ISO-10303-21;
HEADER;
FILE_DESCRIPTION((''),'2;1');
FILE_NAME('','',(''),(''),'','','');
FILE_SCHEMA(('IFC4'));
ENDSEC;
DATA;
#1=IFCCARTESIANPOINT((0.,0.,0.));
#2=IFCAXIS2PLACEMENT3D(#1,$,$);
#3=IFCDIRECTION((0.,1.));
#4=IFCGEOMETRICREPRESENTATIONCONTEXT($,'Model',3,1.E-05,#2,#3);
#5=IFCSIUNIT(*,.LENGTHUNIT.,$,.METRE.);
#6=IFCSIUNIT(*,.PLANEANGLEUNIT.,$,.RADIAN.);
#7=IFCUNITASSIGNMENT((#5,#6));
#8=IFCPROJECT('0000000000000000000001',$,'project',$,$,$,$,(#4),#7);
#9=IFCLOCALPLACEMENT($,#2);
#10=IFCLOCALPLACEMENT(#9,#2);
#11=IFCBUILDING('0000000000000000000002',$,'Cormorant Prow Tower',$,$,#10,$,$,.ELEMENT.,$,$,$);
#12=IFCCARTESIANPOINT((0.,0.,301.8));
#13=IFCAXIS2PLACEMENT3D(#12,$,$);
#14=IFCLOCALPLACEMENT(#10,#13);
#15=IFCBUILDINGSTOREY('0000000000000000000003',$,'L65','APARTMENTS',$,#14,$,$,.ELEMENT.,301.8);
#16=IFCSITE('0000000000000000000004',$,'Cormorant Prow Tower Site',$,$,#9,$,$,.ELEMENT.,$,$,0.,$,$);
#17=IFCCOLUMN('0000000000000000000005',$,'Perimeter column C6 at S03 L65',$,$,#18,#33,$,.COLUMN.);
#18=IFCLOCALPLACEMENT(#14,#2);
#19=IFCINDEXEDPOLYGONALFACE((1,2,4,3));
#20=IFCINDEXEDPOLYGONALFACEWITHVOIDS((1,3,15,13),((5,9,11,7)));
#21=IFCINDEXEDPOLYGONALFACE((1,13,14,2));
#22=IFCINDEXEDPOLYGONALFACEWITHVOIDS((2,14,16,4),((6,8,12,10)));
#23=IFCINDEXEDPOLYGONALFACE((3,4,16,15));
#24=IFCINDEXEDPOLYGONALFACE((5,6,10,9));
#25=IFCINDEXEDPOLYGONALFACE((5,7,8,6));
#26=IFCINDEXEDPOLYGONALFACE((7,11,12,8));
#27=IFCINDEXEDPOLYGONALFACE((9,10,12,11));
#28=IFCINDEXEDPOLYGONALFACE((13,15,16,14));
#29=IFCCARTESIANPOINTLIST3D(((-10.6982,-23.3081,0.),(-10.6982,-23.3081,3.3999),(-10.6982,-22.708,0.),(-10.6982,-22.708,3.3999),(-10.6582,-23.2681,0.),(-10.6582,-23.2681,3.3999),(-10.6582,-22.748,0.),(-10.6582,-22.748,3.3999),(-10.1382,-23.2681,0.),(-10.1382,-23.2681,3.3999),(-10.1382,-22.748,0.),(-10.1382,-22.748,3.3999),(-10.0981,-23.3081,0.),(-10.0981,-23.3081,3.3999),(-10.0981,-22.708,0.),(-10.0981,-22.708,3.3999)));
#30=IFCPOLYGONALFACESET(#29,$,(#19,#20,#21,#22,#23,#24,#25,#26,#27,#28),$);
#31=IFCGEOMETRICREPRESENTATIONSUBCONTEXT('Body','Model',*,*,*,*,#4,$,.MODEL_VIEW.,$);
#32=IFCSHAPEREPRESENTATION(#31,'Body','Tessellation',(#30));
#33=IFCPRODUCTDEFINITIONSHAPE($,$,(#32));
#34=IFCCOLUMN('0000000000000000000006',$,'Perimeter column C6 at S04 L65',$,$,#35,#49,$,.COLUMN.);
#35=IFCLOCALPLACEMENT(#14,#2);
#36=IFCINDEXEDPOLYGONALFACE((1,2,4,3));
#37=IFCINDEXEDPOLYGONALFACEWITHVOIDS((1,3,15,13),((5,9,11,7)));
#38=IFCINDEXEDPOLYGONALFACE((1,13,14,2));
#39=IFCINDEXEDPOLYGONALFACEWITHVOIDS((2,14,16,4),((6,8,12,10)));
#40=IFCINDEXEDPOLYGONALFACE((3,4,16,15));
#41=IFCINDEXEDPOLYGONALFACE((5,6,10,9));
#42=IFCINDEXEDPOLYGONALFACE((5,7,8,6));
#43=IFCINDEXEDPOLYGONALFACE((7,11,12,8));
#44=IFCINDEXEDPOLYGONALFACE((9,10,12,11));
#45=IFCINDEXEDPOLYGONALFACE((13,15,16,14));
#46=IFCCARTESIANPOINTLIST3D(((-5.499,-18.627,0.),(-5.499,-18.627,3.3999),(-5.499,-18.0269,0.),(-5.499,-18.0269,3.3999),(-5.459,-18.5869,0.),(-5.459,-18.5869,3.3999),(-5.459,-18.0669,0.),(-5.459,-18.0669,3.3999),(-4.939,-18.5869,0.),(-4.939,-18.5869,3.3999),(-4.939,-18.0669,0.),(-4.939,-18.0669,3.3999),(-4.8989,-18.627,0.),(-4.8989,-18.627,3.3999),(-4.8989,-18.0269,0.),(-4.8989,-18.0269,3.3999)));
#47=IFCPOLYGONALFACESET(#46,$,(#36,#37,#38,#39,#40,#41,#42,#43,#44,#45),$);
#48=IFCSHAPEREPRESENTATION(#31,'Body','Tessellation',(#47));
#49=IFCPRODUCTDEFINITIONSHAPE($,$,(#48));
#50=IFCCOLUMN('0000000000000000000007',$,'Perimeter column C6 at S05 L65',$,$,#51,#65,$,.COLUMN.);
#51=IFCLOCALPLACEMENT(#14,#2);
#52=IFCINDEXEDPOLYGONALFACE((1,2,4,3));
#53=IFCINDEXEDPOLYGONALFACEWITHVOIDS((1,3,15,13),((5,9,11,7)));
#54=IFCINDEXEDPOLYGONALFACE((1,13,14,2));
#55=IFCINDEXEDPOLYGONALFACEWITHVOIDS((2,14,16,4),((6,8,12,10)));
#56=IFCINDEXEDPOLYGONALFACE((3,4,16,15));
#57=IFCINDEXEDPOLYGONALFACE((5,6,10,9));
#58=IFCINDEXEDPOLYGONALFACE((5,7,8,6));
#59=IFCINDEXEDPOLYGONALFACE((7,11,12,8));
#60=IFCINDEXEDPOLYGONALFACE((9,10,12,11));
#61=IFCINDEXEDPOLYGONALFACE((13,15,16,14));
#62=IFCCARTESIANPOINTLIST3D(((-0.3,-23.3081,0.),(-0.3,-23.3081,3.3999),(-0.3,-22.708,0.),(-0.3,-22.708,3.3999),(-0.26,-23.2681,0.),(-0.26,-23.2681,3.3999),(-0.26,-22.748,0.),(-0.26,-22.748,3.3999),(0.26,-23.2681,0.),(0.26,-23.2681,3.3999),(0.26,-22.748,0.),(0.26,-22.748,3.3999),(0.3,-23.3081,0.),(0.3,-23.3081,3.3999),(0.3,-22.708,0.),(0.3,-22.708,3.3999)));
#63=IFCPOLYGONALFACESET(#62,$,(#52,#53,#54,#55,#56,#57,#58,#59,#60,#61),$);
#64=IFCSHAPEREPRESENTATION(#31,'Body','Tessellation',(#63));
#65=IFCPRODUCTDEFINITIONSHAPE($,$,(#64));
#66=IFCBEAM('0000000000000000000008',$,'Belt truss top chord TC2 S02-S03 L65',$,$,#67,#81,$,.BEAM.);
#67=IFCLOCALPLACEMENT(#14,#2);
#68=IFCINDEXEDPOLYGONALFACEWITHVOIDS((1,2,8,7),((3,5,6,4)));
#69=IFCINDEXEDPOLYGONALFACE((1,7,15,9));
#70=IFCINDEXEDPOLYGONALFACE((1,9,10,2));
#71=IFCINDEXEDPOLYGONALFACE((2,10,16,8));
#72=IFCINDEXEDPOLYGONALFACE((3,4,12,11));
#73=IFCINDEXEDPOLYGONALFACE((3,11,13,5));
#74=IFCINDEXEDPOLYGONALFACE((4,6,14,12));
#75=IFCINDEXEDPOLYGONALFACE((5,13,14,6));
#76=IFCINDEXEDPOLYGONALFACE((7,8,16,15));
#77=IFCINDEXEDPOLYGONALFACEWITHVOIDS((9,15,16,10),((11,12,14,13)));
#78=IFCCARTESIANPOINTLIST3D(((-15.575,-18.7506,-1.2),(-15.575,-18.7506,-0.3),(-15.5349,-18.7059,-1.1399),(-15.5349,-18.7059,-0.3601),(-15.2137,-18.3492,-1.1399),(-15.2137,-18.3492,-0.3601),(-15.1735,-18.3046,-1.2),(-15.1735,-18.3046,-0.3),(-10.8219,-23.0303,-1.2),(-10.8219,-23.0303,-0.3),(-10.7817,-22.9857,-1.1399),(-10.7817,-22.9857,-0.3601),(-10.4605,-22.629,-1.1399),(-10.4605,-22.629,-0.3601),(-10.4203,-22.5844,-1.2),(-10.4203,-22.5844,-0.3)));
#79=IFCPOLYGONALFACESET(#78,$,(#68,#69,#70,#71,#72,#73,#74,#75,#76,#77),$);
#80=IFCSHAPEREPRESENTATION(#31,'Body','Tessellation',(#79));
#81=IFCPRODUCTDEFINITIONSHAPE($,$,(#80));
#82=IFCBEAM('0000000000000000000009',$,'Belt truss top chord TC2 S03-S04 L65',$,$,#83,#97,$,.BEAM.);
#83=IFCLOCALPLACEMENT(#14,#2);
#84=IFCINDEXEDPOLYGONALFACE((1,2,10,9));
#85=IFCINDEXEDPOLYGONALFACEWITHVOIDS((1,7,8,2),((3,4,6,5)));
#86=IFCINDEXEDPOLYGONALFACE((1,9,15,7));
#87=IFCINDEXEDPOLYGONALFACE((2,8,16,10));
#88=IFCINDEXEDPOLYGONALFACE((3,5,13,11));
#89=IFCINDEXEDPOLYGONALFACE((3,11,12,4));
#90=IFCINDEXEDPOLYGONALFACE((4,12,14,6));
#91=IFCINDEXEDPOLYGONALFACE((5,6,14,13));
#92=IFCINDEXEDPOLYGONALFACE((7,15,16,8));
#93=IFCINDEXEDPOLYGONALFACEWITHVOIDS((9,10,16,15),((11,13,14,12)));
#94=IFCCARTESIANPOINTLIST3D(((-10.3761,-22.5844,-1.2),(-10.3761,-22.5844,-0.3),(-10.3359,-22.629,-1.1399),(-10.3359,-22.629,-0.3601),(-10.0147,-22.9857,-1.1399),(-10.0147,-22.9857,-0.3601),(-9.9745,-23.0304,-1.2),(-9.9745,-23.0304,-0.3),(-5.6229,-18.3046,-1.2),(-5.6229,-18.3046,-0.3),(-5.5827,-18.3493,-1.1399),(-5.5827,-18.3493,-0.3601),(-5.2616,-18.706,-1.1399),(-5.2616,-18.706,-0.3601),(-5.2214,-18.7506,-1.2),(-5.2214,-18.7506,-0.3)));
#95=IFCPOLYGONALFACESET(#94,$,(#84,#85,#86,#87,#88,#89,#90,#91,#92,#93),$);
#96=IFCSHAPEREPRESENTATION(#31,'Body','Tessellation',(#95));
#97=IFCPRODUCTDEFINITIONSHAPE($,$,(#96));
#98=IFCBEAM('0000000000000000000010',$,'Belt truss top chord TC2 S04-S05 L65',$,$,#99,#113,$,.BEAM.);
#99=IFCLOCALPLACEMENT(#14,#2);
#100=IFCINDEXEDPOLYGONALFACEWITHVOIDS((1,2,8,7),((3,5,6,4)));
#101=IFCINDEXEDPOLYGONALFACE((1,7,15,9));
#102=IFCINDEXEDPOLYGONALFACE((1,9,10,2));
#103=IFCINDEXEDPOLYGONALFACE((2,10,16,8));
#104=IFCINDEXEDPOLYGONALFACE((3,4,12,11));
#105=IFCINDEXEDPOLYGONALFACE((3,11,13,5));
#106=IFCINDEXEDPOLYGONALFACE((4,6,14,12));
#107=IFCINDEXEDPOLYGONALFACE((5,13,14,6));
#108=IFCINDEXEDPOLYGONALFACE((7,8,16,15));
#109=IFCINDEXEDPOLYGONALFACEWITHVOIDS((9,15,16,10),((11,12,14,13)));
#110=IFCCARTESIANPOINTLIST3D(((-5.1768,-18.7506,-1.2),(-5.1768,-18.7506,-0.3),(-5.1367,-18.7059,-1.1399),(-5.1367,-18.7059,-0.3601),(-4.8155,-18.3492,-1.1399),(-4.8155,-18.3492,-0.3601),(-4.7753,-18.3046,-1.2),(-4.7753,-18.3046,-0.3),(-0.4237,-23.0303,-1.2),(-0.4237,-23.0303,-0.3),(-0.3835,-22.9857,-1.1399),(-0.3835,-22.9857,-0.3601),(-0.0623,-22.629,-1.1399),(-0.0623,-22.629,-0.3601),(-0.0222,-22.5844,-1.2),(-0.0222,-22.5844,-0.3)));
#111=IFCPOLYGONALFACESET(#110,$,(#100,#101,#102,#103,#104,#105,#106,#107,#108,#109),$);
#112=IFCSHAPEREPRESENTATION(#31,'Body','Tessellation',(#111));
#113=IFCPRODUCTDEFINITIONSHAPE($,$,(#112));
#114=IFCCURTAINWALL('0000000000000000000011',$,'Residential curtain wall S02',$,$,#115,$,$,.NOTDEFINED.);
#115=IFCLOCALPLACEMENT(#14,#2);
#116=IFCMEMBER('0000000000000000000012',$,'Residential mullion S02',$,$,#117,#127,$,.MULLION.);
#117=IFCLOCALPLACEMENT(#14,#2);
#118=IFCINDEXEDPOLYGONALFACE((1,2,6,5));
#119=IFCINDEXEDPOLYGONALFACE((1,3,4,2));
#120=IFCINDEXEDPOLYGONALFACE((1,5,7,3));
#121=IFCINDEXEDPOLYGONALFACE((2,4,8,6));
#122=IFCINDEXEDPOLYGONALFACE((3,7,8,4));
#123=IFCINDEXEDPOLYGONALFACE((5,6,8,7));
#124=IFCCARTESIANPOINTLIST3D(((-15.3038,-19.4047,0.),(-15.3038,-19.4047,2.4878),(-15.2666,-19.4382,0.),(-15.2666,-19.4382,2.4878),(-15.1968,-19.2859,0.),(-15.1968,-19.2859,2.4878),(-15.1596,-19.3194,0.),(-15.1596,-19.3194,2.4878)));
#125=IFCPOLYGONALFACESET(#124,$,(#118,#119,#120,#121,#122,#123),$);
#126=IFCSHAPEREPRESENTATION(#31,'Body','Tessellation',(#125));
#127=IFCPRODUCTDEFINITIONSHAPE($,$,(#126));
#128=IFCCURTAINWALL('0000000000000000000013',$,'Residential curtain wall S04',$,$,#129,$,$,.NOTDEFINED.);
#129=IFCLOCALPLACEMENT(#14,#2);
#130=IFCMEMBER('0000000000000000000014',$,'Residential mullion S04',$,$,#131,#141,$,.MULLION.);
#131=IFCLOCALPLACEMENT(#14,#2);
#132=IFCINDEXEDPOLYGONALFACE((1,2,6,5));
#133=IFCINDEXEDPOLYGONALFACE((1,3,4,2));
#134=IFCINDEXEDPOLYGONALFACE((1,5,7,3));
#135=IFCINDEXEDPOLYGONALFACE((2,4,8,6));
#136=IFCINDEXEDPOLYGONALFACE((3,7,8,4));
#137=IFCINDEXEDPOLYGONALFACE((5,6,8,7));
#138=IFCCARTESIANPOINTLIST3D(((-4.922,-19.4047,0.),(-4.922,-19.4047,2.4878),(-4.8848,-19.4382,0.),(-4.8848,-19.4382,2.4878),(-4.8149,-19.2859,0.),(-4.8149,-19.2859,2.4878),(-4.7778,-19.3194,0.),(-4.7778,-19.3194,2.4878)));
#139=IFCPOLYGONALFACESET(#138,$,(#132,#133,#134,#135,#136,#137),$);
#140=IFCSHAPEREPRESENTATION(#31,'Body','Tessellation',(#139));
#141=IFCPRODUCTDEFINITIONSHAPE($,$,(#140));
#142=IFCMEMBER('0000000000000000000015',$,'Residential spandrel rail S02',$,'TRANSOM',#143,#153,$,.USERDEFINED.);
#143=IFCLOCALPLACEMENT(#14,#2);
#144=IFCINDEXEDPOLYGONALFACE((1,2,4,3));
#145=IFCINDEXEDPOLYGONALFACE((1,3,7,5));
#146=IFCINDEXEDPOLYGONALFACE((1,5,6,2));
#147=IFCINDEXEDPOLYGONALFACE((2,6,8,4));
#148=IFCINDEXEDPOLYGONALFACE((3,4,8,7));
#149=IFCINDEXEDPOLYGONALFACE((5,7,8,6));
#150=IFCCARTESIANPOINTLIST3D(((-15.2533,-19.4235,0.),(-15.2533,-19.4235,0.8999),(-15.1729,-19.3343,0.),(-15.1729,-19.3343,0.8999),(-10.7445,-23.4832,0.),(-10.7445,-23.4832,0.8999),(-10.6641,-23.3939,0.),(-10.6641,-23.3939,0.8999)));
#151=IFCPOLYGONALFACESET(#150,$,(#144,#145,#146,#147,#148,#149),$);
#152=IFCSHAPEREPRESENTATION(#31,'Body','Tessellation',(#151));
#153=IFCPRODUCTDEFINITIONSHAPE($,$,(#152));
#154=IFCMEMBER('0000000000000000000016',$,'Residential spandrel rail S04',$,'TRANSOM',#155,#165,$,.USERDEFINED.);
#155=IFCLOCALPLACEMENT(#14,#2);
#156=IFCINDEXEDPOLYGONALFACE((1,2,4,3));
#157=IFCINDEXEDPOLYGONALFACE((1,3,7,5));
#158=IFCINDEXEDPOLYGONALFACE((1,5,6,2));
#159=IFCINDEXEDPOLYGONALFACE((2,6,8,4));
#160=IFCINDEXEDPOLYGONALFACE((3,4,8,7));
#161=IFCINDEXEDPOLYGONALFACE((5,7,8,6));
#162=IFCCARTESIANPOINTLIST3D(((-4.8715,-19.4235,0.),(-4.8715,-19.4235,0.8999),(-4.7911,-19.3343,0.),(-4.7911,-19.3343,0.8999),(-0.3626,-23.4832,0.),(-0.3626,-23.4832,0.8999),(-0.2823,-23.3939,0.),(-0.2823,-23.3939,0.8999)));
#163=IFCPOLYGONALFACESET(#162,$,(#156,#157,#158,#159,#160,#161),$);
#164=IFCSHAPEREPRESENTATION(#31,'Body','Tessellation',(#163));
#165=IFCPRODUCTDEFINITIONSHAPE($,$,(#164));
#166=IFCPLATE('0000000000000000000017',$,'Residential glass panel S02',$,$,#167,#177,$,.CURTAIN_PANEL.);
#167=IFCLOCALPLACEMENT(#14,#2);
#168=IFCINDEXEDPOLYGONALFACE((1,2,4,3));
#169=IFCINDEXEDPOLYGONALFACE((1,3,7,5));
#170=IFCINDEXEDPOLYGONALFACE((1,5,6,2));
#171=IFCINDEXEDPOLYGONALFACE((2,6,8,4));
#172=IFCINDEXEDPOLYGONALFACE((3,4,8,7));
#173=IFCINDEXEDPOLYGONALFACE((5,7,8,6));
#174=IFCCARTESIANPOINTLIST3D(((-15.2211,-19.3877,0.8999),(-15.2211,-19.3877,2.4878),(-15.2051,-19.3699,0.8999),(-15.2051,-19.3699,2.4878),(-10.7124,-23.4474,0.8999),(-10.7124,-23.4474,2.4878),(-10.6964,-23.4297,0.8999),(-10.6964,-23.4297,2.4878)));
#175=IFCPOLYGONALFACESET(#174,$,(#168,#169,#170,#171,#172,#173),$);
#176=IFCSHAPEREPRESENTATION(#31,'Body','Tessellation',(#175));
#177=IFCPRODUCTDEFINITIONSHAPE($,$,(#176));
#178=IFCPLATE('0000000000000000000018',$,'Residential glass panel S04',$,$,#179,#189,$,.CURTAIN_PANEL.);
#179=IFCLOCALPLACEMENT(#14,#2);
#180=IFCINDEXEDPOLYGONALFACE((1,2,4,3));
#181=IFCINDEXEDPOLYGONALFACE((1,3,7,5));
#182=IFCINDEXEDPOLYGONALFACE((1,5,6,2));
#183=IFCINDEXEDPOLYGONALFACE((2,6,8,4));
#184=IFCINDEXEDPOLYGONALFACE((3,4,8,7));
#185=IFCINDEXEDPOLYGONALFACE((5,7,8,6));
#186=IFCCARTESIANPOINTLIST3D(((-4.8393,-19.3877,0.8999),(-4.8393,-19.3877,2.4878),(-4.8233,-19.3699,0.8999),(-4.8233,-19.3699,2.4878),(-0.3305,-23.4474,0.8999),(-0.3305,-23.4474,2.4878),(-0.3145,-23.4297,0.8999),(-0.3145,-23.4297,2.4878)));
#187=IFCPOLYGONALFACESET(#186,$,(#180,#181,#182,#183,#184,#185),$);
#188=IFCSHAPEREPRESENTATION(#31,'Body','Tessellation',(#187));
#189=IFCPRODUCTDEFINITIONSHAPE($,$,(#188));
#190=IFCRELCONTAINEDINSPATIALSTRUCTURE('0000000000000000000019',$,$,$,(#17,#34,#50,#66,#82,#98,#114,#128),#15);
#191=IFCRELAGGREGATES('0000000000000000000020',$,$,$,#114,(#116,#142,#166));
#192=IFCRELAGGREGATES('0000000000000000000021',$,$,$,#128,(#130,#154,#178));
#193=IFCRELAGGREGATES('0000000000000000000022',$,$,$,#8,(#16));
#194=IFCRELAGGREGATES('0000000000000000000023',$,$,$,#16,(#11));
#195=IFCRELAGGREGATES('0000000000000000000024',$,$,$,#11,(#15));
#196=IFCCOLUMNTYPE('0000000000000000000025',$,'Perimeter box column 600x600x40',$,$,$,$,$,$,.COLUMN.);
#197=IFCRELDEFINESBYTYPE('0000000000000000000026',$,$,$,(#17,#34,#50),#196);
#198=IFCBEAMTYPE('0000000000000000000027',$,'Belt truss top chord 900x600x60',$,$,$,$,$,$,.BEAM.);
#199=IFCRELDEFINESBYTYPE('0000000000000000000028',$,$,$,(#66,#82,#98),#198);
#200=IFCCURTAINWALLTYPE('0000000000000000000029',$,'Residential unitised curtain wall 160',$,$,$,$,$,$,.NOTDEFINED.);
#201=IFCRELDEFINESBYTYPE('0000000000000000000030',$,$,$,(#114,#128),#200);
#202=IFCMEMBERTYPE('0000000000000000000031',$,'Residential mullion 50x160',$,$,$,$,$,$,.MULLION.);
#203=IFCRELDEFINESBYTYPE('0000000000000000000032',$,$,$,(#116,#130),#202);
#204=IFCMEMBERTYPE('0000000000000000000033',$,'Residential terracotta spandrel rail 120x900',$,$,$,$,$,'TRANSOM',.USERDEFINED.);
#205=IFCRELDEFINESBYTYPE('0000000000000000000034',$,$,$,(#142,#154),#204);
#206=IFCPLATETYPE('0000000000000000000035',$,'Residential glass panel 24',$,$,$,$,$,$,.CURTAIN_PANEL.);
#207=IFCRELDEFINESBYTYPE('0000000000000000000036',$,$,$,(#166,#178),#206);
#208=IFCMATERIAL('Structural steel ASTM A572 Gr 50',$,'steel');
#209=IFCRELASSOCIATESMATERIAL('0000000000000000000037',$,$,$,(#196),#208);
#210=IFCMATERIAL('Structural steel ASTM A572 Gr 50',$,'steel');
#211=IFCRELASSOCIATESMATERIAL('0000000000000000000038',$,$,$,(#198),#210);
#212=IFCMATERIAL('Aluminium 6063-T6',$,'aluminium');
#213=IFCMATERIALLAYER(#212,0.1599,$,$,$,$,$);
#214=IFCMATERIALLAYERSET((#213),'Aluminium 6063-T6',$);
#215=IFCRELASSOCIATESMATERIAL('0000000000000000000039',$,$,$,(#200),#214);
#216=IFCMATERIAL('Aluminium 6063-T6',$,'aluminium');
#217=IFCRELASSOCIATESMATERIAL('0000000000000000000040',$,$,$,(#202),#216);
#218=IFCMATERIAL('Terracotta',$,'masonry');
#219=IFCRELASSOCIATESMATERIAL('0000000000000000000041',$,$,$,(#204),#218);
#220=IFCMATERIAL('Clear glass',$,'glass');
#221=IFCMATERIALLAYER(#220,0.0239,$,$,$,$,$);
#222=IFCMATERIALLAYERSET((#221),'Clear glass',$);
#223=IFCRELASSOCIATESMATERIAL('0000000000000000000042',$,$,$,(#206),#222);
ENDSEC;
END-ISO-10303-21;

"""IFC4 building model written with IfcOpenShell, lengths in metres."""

from ifc_helpers import new_model, si_unit, direction, frame, origin, origin_2d, place, context, subcontext, project, spatial, rectangle, hollow_rectangle, extrude, material, layer, layer_set, material_profile, profile_set, type_object, element, aggregate, save


model = new_model("IFC4")

# Units and contexts
model_context = context("Model", 3, precision=1e-05, world=origin(), true_north=direction((0.0, 1.0)))
body_context = subcontext(model_context, "Body", "Model", "MODEL_VIEW")
ifc_project = project(units=[si_unit("LENGTHUNIT", "METRE"), si_unit("PLANEANGLEUNIT", "RADIAN")], contexts=[model_context])

# Site, building, storey
site_placement = place(None, origin())
site = spatial("IfcSite", under=ifc_project, at=site_placement, Name="Cormorant Prow Tower Site", CompositionType="ELEMENT", RefElevation=0.0)
building_placement = place(site_placement, origin())
building = spatial("IfcBuilding", under=site, at=building_placement, Name="Cormorant Prow Tower", CompositionType="ELEMENT")
storey_placement = place(building_placement, frame((0.0, 0.0, 301.8)))
storey = spatial("IfcBuildingStorey", under=building, at=storey_placement, Name="L65", Description="APARTMENTS", CompositionType="ELEMENT", Elevation=301.8)

# Columns
ifc_material_1 = material(Name="Structural steel ASTM A572 Gr 50", Category="steel")
ifc_material_profile_1 = material_profile(ifc_material_1, hollow_rectangle(XDim=0.6001, YDim=0.6001, WallThickness=0.04, at=origin_2d()), Name="Box 600x600x40")
ifc_profile_set_1 = profile_set([ifc_material_profile_1], Name="Structural steel ASTM A572 Gr 50")
column_type = type_object("IfcColumnType", Name="Perimeter box column 600x600x40", PredefinedType="COLUMN", material=ifc_profile_set_1)
for number, where, z_axis, x_axis, name in (
    (1, (-10.3982, -23.0081, 0.0), (0.0, 0.0, 1.0), (1.0, 0.0, 0.0), "Perimeter column C6 at S03 L65"),
    (2, (-5.199, -18.3269, 0.0), (0.0, 0.0, 1.0), (1.0, 0.0, 0.0), "Perimeter column C6 at S04 L65"),
    (3, (0.0, -23.0081, 0.0), (0.0, 0.0, 1.0), (1.0, 0.0, 0.0), "Perimeter column C6 at S05 L65"),
):
    element("IfcColumn", number, at=place(storey_placement, frame(where, z_axis=z_axis, x_axis=x_axis)), inside=storey, type_object=column_type, Name=name, PredefinedType="COLUMN", context=body_context, shape_type="SweptSolid", body=[
        extrude(hollow_rectangle(XDim=0.6001, YDim=0.6001, WallThickness=0.04, at=origin_2d()), origin(), (0.0, 0.0, 1.0), 3.3999),
    ])

# Beams
ifc_material_2 = material(Name="Structural steel ASTM A572 Gr 50", Category="steel")
ifc_material_profile_2 = material_profile(ifc_material_2, hollow_rectangle(XDim=0.6001, YDim=0.8999, WallThickness=0.0601, at=origin_2d()), Name="Box 900x600x60")
ifc_profile_set_2 = profile_set([ifc_material_profile_2], Name="Structural steel ASTM A572 Gr 50")
beam_type = type_object("IfcBeamType", Name="Belt truss top chord 900x600x60", PredefinedType="BEAM", material=ifc_profile_set_2)
for number, where, z_axis, x_axis, name in (
    (4, (-15.3743, -18.5276, -0.75), (0.743144, -0.669131, 0.0), (0.669131, 0.743144, 0.0), "Belt truss top chord TC2 S02-S03 L65"),
    (5, (-10.1753, -22.8074, -0.75), (0.743144, 0.669131, 0.0), (-0.669131, 0.743144, 0.0), "Belt truss top chord TC2 S03-S04 L65"),
    (6, (-4.9761, -18.5276, -0.75), (0.743144, -0.669131, 0.0), (0.669131, 0.743144, 0.0), "Belt truss top chord TC2 S04-S05 L65"),
):
    element("IfcBeam", number, at=place(storey_placement, frame(where, z_axis=z_axis, x_axis=x_axis)), inside=storey, type_object=beam_type, Name=name, PredefinedType="BEAM", context=body_context, shape_type="SweptSolid", body=[
        extrude(hollow_rectangle(XDim=0.6001, YDim=0.8999, WallThickness=0.0601, at=origin_2d()), origin(), (0.0, 0.0, 1.0), 6.396),
    ])

# Curtain walls, members
ifc_material_3 = material(Name="Aluminium 6063-T6", Category="aluminium")
ifc_layer_1 = layer(ifc_material_3, 0.1599)
ifc_layer_set_1 = layer_set([ifc_layer_1], Name="Aluminium 6063-T6")
curtain_wall_type = type_object("IfcCurtainWallType", Name="Residential unitised curtain wall 160", PredefinedType="NOTDEFINED", material=ifc_layer_set_1)
curtain_wall_1_placement = place(storey_placement, origin())
curtain_wall_1 = element("IfcCurtainWall", 7, at=curtain_wall_1_placement, inside=storey, type_object=curtain_wall_type, Name="Residential curtain wall S02", PredefinedType="NOTDEFINED")
ifc_material_4 = material(Name="Aluminium 6063-T6", Category="aluminium")
ifc_material_profile_3 = material_profile(ifc_material_4, rectangle(XDim=0.1599, YDim=0.05, at=origin_2d()), Name="Residential mullion 50x160")
ifc_profile_set_3 = profile_set([ifc_material_profile_3], Name="Aluminium 6063-T6")
member_type_1 = type_object("IfcMemberType", Name="Residential mullion 50x160", PredefinedType="MULLION", material=ifc_profile_set_3)
member_1_placement = place(storey_placement, frame((-15.2317, -19.3621, 0.0), z_axis=(0.0, 0.0, 1.0), x_axis=(0.669131, 0.743145, 0.0)))
member_1 = element("IfcMember", 8, at=member_1_placement, type_object=member_type_1, Name="Residential mullion S02", PredefinedType="MULLION", context=body_context, shape_type="SweptSolid", body=[
    extrude(rectangle(XDim=0.1599, YDim=0.05, at=origin_2d()), origin(), (0.0, 0.0, 1.0), 2.4878),
])
curtain_wall_2_placement = place(storey_placement, origin())
curtain_wall_2 = element("IfcCurtainWall", 9, at=curtain_wall_2_placement, inside=storey, type_object=curtain_wall_type, Name="Residential curtain wall S04", PredefinedType="NOTDEFINED")
member_2_placement = place(storey_placement, frame((-4.8499, -19.3621, 0.0), z_axis=(0.0, 0.0, 1.0), x_axis=(0.669131, 0.743145, 0.0)))
member_2 = element("IfcMember", 10, at=member_2_placement, type_object=member_type_1, Name="Residential mullion S04", PredefinedType="MULLION", context=body_context, shape_type="SweptSolid", body=[
    extrude(rectangle(XDim=0.1599, YDim=0.05, at=origin_2d()), origin(), (0.0, 0.0, 1.0), 2.4878),
])

# Members
ifc_material_5 = material(Name="Terracotta", Category="masonry")
ifc_material_profile_4 = material_profile(ifc_material_5, rectangle(XDim=0.1201, YDim=0.8999, at=origin_2d()), Name="Residential terracotta spandrel rail 120x900")
ifc_profile_set_4 = profile_set([ifc_material_profile_4], Name="Terracotta")
member_type_2 = type_object("IfcMemberType", Name="Residential terracotta spandrel rail 120x900", ElementType="TRANSOM", PredefinedType="USERDEFINED", material=ifc_profile_set_4)
member_3_placement = place(storey_placement, frame((-15.2131, -19.3789, 0.45), z_axis=(0.743158, -0.669116, 0.0), x_axis=(0.669116, 0.743158, 0.0)))
member_3 = element("IfcMember", 11, at=member_3_placement, type_object=member_type_2, Name="Residential spandrel rail S02", ObjectType="TRANSOM", PredefinedType="USERDEFINED", context=body_context, shape_type="SweptSolid", body=[
    extrude(rectangle(XDim=0.1201, YDim=0.8999, at=origin_2d()), origin(), (0.0, 0.0, 1.0), 6.0671),
])
member_4_placement = place(storey_placement, frame((-4.8313, -19.3789, 0.45), z_axis=(0.743158, -0.669116, 0.0), x_axis=(0.669116, 0.743158, 0.0)))
member_4 = element("IfcMember", 12, at=member_4_placement, type_object=member_type_2, Name="Residential spandrel rail S04", ObjectType="TRANSOM", PredefinedType="USERDEFINED", context=body_context, shape_type="SweptSolid", body=[
    extrude(rectangle(XDim=0.1201, YDim=0.8999, at=origin_2d()), origin(), (0.0, 0.0, 1.0), 6.0671),
])

# Plates
ifc_material_6 = material(Name="Clear glass", Category="glass")
ifc_layer_2 = layer(ifc_material_6, 0.0239)
ifc_layer_set_2 = layer_set([ifc_layer_2], Name="Clear glass")
plate_type = type_object("IfcPlateType", Name="Residential glass panel 24", PredefinedType="CURTAIN_PANEL", material=ifc_layer_set_2)
plate_1_placement = place(storey_placement, frame((-12.9587, -21.4087, 0.8999), z_axis=(0.0, 0.0, 1.0), x_axis=(0.743145, -0.669131, 0.0)))
plate_1 = element("IfcPlate", 13, at=plate_1_placement, type_object=plate_type, Name="Residential glass panel S02", PredefinedType="CURTAIN_PANEL", context=body_context, shape_type="SweptSolid", body=[
    extrude(rectangle(XDim=6.0671, YDim=0.0239, at=origin_2d()), origin(), (0.0, 0.0, 1.0), 1.5879),
])
aggregate(curtain_wall_1, [member_1, member_3, plate_1])
plate_2_placement = place(storey_placement, frame((-2.5769, -21.4087, 0.8999), z_axis=(0.0, 0.0, 1.0), x_axis=(0.743145, -0.669131, 0.0)))
plate_2 = element("IfcPlate", 14, at=plate_2_placement, type_object=plate_type, Name="Residential glass panel S04", PredefinedType="CURTAIN_PANEL", context=body_context, shape_type="SweptSolid", body=[
    extrude(rectangle(XDim=6.0671, YDim=0.0239, at=origin_2d()), origin(), (0.0, 0.0, 1.0), 1.5879),
])
aggregate(curtain_wall_2, [member_2, member_4, plate_2])

save(model, "model.ifc")
